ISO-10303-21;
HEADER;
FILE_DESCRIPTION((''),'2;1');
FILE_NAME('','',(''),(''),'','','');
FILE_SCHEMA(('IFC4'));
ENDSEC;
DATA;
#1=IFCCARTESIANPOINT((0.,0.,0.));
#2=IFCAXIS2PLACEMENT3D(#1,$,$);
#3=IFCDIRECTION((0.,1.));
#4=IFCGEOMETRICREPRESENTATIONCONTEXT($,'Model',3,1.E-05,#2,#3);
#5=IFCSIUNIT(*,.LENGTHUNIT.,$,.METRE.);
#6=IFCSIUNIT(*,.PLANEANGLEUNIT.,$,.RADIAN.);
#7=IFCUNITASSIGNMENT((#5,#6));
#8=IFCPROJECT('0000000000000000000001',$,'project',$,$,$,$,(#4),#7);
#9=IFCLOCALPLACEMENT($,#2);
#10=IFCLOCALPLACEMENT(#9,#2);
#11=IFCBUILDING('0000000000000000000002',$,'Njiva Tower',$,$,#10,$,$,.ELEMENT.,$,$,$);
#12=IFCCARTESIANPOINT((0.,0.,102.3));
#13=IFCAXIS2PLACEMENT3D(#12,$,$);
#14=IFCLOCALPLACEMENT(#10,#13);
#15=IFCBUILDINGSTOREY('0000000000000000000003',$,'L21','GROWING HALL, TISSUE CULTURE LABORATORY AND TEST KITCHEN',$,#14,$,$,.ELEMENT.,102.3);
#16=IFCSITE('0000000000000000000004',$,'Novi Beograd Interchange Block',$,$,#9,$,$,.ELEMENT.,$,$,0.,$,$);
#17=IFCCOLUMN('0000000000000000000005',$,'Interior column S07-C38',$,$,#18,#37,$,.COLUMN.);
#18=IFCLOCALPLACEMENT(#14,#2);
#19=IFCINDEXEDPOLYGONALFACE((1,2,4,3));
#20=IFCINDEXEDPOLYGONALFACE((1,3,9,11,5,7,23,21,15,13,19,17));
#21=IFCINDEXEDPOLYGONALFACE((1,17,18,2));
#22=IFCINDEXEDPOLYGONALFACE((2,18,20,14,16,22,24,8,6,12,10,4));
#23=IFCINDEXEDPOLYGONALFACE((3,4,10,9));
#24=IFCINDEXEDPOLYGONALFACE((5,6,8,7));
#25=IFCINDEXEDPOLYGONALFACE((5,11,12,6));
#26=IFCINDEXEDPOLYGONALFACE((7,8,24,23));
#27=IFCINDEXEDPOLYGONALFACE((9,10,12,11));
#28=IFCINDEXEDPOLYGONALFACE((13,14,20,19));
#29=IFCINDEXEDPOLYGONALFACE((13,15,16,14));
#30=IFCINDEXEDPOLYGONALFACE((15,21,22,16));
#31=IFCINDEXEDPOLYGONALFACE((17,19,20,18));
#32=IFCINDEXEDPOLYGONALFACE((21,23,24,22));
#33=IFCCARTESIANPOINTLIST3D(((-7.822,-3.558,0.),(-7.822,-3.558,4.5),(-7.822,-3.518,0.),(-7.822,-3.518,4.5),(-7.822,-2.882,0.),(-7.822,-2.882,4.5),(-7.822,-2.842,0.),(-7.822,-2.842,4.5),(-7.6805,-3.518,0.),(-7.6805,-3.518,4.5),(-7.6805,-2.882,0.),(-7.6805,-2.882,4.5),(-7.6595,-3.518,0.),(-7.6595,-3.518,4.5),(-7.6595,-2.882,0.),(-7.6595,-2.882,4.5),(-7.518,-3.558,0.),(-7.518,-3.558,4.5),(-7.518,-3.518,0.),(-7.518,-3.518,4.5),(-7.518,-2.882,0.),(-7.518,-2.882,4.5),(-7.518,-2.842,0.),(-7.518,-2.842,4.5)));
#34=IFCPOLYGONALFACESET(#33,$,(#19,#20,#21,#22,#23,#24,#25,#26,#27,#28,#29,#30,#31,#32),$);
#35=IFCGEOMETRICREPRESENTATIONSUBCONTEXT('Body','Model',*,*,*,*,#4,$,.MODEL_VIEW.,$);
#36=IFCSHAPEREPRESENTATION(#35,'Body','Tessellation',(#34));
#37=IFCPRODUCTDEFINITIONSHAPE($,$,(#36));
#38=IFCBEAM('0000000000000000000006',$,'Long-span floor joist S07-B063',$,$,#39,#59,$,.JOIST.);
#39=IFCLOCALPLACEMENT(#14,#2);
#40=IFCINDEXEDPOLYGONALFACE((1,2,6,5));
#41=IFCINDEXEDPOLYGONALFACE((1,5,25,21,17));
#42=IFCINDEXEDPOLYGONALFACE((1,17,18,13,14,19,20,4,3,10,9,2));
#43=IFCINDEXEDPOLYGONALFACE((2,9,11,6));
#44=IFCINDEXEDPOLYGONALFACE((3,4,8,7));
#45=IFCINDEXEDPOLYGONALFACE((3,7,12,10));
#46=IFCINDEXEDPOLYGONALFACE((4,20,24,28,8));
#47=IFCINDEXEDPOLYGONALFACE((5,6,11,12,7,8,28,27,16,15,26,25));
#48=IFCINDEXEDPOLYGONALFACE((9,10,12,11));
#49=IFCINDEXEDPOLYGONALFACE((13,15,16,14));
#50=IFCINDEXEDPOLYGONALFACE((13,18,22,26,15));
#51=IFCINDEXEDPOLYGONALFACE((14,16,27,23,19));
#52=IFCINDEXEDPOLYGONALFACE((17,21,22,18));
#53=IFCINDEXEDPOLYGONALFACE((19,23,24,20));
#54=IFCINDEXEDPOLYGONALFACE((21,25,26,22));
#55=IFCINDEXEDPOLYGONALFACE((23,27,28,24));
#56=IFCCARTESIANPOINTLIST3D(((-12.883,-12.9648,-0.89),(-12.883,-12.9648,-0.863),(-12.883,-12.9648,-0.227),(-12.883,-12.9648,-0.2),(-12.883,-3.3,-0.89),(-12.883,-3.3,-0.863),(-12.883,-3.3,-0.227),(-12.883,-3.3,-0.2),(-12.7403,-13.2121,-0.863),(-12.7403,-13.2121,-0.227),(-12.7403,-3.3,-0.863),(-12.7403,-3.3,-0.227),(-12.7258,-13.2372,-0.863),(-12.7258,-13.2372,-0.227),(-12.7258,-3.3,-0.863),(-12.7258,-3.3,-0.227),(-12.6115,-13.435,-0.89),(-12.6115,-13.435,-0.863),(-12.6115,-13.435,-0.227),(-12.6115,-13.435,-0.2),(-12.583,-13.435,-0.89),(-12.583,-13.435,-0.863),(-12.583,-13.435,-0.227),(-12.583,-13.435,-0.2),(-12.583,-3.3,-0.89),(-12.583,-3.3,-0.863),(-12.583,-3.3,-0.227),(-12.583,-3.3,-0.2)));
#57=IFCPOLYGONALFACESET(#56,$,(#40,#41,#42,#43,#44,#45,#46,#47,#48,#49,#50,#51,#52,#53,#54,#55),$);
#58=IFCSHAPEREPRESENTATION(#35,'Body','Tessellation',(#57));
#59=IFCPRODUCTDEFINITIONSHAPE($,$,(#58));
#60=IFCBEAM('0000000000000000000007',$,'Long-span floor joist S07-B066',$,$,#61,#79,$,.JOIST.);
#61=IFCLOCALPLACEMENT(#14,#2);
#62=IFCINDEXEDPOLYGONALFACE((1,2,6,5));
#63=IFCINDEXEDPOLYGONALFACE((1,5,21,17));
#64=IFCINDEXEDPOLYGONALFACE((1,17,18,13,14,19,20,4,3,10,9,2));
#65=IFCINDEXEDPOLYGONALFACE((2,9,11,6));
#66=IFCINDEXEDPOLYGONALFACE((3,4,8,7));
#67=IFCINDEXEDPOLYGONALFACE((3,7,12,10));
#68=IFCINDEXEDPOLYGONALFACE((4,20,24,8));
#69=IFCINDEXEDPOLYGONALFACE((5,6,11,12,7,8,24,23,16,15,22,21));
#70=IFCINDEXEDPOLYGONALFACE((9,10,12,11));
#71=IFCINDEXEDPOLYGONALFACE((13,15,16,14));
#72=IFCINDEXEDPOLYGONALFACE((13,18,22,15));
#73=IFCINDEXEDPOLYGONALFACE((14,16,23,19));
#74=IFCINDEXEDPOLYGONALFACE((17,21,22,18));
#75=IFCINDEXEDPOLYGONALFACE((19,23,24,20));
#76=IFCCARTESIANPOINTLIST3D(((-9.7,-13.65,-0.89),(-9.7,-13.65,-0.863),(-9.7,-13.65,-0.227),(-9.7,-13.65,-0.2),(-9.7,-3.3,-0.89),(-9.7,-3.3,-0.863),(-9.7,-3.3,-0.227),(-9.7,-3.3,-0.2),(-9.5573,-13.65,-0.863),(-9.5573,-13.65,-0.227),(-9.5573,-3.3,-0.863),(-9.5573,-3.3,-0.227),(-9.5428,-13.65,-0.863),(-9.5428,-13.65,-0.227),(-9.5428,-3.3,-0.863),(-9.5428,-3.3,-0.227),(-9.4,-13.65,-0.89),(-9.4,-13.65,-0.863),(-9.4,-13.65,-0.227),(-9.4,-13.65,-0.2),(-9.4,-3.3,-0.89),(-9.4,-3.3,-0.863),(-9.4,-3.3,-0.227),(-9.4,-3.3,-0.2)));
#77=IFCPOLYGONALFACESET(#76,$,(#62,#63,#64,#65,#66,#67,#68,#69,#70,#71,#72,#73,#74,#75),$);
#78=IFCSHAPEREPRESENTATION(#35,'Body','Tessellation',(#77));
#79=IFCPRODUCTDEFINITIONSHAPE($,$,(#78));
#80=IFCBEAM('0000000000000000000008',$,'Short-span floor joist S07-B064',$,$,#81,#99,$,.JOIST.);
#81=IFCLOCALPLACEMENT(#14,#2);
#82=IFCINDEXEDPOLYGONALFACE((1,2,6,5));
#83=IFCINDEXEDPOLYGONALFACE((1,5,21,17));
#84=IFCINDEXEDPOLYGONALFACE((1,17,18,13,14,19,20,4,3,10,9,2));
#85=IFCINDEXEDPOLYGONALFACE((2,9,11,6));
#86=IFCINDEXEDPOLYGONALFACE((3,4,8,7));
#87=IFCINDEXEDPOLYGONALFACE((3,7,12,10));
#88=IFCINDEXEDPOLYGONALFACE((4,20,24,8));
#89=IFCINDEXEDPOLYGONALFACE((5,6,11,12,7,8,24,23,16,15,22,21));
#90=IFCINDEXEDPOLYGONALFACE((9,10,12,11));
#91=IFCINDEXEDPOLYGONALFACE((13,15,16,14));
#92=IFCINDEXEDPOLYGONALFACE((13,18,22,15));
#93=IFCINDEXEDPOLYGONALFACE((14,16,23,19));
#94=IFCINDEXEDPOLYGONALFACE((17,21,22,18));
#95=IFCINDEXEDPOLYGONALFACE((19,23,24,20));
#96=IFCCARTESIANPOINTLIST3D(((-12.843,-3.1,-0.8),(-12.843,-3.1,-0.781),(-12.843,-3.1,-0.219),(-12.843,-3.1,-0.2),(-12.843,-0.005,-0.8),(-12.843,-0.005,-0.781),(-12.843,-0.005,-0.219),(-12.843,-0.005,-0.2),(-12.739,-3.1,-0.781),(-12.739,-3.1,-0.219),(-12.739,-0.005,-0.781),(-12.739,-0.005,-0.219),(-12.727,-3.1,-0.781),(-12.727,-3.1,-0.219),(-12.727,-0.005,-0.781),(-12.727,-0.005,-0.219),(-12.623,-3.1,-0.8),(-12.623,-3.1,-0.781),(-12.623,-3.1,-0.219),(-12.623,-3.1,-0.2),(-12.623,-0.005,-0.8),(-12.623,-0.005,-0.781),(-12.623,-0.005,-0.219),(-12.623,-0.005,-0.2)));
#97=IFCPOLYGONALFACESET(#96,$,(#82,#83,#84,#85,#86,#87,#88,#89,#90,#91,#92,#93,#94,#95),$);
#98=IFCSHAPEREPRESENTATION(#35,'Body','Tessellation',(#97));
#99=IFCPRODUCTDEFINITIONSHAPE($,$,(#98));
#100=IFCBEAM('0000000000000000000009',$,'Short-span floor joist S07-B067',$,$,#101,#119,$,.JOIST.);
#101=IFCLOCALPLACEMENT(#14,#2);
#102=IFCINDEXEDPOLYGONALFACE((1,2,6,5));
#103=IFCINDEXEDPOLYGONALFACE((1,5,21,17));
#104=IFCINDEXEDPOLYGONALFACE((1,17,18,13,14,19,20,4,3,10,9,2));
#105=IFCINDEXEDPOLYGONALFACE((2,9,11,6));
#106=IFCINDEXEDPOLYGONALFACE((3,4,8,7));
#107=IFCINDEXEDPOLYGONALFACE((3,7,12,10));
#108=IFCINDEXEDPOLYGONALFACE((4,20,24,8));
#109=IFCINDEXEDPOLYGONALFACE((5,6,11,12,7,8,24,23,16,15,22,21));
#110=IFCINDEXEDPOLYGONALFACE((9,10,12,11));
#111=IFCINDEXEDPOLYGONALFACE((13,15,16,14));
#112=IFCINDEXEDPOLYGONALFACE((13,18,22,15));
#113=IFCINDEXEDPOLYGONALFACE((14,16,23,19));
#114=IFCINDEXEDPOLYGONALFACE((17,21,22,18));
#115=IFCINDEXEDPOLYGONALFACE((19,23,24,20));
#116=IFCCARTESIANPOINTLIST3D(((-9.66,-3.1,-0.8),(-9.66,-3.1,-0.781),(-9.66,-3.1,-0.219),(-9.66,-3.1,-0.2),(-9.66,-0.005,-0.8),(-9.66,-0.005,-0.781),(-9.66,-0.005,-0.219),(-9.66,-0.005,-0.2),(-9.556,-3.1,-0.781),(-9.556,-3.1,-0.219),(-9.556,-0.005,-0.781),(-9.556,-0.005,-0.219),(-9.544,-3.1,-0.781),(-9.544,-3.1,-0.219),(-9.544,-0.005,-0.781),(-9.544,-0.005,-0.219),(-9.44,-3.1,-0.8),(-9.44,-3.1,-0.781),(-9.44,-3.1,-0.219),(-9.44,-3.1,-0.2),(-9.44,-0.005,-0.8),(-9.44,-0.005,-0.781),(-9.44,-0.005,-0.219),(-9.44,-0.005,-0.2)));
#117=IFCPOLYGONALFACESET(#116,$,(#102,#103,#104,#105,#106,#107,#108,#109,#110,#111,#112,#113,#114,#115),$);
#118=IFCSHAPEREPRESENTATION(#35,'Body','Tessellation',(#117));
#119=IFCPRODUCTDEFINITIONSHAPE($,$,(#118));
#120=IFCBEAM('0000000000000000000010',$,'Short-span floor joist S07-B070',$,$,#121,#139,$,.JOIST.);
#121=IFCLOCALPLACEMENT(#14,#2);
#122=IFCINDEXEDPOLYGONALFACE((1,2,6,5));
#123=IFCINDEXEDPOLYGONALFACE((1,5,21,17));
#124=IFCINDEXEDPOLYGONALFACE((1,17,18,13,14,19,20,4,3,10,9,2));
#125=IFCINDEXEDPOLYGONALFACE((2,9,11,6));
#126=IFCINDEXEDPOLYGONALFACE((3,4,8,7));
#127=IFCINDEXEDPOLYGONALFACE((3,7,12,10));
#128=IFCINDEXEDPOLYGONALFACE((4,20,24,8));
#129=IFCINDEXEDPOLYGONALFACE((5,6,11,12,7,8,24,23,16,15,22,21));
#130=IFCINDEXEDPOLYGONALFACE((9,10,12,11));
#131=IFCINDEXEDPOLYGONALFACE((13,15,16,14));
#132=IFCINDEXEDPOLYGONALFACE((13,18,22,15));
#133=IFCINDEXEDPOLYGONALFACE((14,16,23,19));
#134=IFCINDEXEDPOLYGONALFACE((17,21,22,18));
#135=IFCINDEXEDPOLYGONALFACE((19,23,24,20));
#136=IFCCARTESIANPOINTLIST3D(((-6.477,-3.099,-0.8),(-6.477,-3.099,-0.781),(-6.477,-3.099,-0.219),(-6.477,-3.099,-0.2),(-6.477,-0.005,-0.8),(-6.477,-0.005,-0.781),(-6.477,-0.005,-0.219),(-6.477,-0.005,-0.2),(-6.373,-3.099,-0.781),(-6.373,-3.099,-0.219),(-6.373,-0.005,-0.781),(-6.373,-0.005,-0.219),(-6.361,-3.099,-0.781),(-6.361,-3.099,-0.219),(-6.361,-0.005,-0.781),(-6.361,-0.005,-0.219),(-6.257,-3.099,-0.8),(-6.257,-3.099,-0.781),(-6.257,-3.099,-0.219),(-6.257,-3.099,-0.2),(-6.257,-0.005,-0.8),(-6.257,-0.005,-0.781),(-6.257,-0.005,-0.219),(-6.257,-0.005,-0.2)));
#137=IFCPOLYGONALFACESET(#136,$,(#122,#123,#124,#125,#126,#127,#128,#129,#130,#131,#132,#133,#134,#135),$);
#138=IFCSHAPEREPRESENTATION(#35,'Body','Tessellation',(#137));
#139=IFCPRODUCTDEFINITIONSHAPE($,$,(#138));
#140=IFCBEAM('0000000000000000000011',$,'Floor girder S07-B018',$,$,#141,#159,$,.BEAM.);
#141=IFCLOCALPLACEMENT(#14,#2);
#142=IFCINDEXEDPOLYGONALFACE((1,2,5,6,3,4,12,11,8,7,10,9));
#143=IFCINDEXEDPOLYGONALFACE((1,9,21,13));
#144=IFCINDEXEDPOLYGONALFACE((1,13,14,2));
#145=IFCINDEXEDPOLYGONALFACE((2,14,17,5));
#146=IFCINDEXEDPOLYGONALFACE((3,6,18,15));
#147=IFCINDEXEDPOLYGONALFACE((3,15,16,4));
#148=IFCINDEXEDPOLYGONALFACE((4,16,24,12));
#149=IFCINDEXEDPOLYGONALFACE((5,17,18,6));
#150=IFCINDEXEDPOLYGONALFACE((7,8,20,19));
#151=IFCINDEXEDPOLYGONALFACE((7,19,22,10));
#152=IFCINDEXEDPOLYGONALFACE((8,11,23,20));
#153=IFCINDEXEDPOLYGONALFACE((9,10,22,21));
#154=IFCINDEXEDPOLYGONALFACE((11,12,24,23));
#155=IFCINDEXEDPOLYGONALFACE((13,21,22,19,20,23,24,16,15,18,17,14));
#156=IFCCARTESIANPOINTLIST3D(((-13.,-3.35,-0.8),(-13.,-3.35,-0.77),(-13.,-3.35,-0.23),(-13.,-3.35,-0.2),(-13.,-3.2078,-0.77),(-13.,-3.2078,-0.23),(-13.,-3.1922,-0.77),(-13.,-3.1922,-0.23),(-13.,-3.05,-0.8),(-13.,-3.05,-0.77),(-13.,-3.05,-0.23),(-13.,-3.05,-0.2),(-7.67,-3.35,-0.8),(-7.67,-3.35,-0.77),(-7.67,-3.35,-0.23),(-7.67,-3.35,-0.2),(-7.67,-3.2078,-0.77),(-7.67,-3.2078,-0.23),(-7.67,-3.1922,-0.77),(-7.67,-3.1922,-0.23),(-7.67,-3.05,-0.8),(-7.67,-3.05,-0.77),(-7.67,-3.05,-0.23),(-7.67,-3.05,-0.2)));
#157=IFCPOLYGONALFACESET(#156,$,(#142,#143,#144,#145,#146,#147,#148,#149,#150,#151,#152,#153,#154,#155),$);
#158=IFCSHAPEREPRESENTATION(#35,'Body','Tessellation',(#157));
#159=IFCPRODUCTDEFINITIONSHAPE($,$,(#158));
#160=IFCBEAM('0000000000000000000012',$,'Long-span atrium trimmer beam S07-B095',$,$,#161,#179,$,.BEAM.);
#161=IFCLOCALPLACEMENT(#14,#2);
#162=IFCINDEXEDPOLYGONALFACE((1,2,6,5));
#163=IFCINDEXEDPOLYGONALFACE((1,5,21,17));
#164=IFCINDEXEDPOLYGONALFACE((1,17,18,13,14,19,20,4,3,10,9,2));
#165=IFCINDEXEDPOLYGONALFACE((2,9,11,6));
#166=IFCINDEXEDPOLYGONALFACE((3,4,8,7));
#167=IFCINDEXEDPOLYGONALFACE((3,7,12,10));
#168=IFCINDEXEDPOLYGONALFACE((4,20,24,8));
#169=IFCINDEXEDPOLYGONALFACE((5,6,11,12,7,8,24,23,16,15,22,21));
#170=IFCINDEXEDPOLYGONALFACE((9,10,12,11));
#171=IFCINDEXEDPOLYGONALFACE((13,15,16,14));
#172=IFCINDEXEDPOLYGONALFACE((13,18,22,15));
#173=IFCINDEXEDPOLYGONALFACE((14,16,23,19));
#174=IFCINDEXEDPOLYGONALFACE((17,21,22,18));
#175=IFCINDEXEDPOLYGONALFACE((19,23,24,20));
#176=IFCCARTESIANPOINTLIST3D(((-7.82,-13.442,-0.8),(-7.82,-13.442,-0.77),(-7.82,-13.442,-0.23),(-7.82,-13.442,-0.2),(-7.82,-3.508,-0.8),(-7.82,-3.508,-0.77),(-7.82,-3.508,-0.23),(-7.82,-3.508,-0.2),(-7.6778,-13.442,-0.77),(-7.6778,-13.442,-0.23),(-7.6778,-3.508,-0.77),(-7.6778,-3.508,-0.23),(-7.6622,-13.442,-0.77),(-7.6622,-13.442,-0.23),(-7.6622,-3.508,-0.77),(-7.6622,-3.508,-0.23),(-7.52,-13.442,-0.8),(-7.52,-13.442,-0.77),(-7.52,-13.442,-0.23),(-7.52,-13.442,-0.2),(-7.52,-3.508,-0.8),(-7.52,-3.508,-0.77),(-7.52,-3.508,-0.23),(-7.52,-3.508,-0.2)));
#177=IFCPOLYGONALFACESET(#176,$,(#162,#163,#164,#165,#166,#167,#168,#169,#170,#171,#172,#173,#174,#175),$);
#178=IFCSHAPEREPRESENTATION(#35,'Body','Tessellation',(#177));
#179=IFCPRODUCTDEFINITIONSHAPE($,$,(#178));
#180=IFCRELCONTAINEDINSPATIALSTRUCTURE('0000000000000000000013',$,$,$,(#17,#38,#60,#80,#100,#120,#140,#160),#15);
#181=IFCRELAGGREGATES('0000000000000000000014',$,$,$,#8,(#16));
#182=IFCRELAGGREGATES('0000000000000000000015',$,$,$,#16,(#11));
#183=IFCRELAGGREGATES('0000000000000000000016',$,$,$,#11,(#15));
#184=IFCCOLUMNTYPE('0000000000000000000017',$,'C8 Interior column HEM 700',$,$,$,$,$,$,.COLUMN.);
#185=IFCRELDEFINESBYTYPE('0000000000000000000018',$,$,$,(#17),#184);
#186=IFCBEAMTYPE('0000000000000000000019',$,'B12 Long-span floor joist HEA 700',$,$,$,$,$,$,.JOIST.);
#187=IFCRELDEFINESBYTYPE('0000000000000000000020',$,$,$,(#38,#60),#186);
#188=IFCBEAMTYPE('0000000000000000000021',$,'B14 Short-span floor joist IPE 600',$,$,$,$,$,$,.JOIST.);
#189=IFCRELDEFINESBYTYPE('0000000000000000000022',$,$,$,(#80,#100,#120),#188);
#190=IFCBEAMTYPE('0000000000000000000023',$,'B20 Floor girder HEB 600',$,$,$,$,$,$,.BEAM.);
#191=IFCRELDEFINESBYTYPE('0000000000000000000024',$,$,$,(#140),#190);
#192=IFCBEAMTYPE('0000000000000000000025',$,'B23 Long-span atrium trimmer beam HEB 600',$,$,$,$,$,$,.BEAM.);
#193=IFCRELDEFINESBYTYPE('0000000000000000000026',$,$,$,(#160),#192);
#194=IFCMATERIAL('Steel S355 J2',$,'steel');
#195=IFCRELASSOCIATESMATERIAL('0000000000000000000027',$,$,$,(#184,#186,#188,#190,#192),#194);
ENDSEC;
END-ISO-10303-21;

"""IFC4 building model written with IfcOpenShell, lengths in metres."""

from ifc_helpers import new_model, si_unit, direction, frame, origin, origin_2d, place, context, subcontext, project, spatial, i_section, extrude, clip, halfspace, material, material_profile, profile_set, type_object, element, save


model = new_model("IFC4")

# Units and contexts
model_context = context("Model", 3, precision=1e-05, world=origin(), true_north=direction((0.0, 1.0)))
body_context = subcontext(model_context, "Body", "Model", "MODEL_VIEW")
ifc_project = project(units=[si_unit("LENGTHUNIT", "METRE"), si_unit("PLANEANGLEUNIT", "RADIAN")], contexts=[model_context])

# Site, building, storey
site_placement = place(None, origin())
site = spatial("IfcSite", under=ifc_project, at=site_placement, Name="Novi Beograd Interchange Block", CompositionType="ELEMENT", RefElevation=0.0)
building_placement = place(site_placement, origin())
building = spatial("IfcBuilding", under=site, at=building_placement, Name="Njiva Tower", CompositionType="ELEMENT")
storey_placement = place(building_placement, frame((0.0, 0.0, 102.3)))
storey = spatial("IfcBuildingStorey", under=building, at=storey_placement, Name="L21", Description="GROWING HALL, TISSUE CULTURE LABORATORY AND TEST KITCHEN", CompositionType="ELEMENT", Elevation=102.3)

# Column
ifc_material_1 = material(Name="Steel S355 J2", Category="steel")
ifc_material_profile_1 = material_profile(ifc_material_1, i_section(OverallWidth=0.304, OverallDepth=0.716, WebThickness=0.021, FlangeThickness=0.04, at=origin_2d()), Name="HEM 700")
ifc_profile_set_1 = profile_set([ifc_material_profile_1], Name="Steel S355 J2")
column_type = type_object("IfcColumnType", Name="C8 Interior column HEM 700", PredefinedType="COLUMN", material=ifc_profile_set_1)
column_placement = place(storey_placement, frame((-7.67, -3.2, 0.0), z_axis=(0.0, 0.0, 1.0), x_axis=(1.0, 0.0, 0.0)))
element("IfcColumn", 1, at=column_placement, inside=storey, type_object=column_type, Name="Interior column S07-C38", PredefinedType="COLUMN", context=body_context, shape_type="SweptSolid", body=[
    extrude(i_section(OverallWidth=0.304, OverallDepth=0.716, WebThickness=0.021, FlangeThickness=0.04, at=origin_2d()), origin(), (0.0, 0.0, 1.0), 4.5),
])

# Beams
ifc_material_profile_2 = material_profile(ifc_material_1, i_section(OverallWidth=0.3, OverallDepth=0.69, WebThickness=0.0145, FlangeThickness=0.027, at=origin_2d()), Name="HEA 700")
ifc_profile_set_2 = profile_set([ifc_material_profile_2], Name="Steel S355 J2")
beam_type_1 = type_object("IfcBeamType", Name="B12 Long-span floor joist HEA 700", PredefinedType="JOIST", material=ifc_profile_set_2)
beam_1_placement = place(storey_placement, frame((-12.733, -3.3, -0.545), z_axis=(0.0, -1.0, 0.0), x_axis=(1.0, 0.0, 0.0)))
element("IfcBeam", 2, at=beam_1_placement, inside=storey, type_object=beam_type_1, Name="Long-span floor joist S07-B063", PredefinedType="JOIST", context=body_context, shape_type="Clipping", body=[
    clip(extrude(i_section(OverallWidth=0.3, OverallDepth=0.69, WebThickness=0.0145, FlangeThickness=0.027, at=origin_2d()), origin(), (0.0, 0.0, 1.0), 10.135), halfspace(frame((-0.0436, 0.0, 9.8491), z_axis=(-0.866027, 0.0, 0.499998), x_axis=(0.0, 1.0, 0.0)), False)),
])
beam_2_placement = place(storey_placement, frame((-9.55, -3.3, -0.545), z_axis=(0.0, -1.0, 0.0), x_axis=(1.0, 0.0, 0.0)))
element("IfcBeam", 3, at=beam_2_placement, inside=storey, type_object=beam_type_1, Name="Long-span floor joist S07-B066", PredefinedType="JOIST", context=body_context, shape_type="SweptSolid", body=[
    extrude(i_section(OverallWidth=0.3, OverallDepth=0.69, WebThickness=0.0145, FlangeThickness=0.027, at=origin_2d()), origin(), (0.0, 0.0, 1.0), 10.35),
])
ifc_material_profile_3 = material_profile(ifc_material_1, i_section(OverallWidth=0.22, OverallDepth=0.6, WebThickness=0.012, FlangeThickness=0.019, at=origin_2d()), Name="IPE 600")
ifc_profile_set_3 = profile_set([ifc_material_profile_3], Name="Steel S355 J2")
beam_type_2 = type_object("IfcBeamType", Name="B14 Short-span floor joist IPE 600", PredefinedType="JOIST", material=ifc_profile_set_3)
for number, where, z_axis, x_axis, name in (
    (4, (-12.733, -0.005, -0.5), (0.0, -1.0, 0.0), (1.0, 0.0, 0.0), "Short-span floor joist S07-B064"),
    (5, (-9.55, -0.005, -0.5), (0.0, -1.0, 0.0), (1.0, 0.0, 0.0), "Short-span floor joist S07-B067"),
):
    element("IfcBeam", number, at=place(storey_placement, frame(where, z_axis=z_axis, x_axis=x_axis)), inside=storey, type_object=beam_type_2, Name=name, PredefinedType="JOIST", context=body_context, shape_type="SweptSolid", body=[
        extrude(i_section(OverallWidth=0.22, OverallDepth=0.6, WebThickness=0.012, FlangeThickness=0.019, at=origin_2d()), origin(), (0.0, 0.0, 1.0), 3.095),
    ])
beam_3_placement = place(storey_placement, frame((-6.367, -0.005, -0.5), z_axis=(0.0, -1.0, 0.0), x_axis=(1.0, 0.0, 0.0)))
element("IfcBeam", 6, at=beam_3_placement, inside=storey, type_object=beam_type_2, Name="Short-span floor joist S07-B070", PredefinedType="JOIST", context=body_context, shape_type="SweptSolid", body=[
    extrude(i_section(OverallWidth=0.22, OverallDepth=0.6, WebThickness=0.012, FlangeThickness=0.019, at=origin_2d()), origin(), (0.0, 0.0, 1.0), 3.094),
])
ifc_material_profile_4 = material_profile(ifc_material_1, i_section(OverallWidth=0.3, OverallDepth=0.6, WebThickness=0.0155, FlangeThickness=0.03, at=origin_2d()), Name="HEB 600")
ifc_profile_set_4 = profile_set([ifc_material_profile_4], Name="Steel S355 J2")
beam_type_3 = type_object("IfcBeamType", Name="B20 Floor girder HEB 600", PredefinedType="BEAM", material=ifc_profile_set_4)
beam_4_placement = place(storey_placement, frame((-13.0, -3.2, -0.5), z_axis=(1.0, 0.0, 0.0), x_axis=(0.0, 1.0, 0.0)))
element("IfcBeam", 7, at=beam_4_placement, inside=storey, type_object=beam_type_3, Name="Floor girder S07-B018", PredefinedType="BEAM", context=body_context, shape_type="SweptSolid", body=[
    extrude(i_section(OverallWidth=0.3, OverallDepth=0.6, WebThickness=0.0155, FlangeThickness=0.03, at=origin_2d()), origin(), (0.0, 0.0, 1.0), 5.33),
])
ifc_material_profile_5 = material_profile(ifc_material_1, i_section(OverallWidth=0.3, OverallDepth=0.6, WebThickness=0.0155, FlangeThickness=0.03, at=origin_2d()), Name="HEB 600")
ifc_profile_set_5 = profile_set([ifc_material_profile_5], Name="Steel S355 J2")
beam_type_4 = type_object("IfcBeamType", Name="B23 Long-span atrium trimmer beam HEB 600", PredefinedType="BEAM", material=ifc_profile_set_5)
beam_5_placement = place(storey_placement, frame((-7.67, -3.508, -0.5), z_axis=(0.0, -1.0, 0.0), x_axis=(1.0, 0.0, 0.0)))
element("IfcBeam", 8, at=beam_5_placement, inside=storey, type_object=beam_type_4, Name="Long-span atrium trimmer beam S07-B095", PredefinedType="BEAM", context=body_context, shape_type="SweptSolid", body=[
    extrude(i_section(OverallWidth=0.3, OverallDepth=0.6, WebThickness=0.0155, FlangeThickness=0.03, at=origin_2d()), origin(), (0.0, 0.0, 1.0), 9.934),
])

save(model, "model.ifc")
